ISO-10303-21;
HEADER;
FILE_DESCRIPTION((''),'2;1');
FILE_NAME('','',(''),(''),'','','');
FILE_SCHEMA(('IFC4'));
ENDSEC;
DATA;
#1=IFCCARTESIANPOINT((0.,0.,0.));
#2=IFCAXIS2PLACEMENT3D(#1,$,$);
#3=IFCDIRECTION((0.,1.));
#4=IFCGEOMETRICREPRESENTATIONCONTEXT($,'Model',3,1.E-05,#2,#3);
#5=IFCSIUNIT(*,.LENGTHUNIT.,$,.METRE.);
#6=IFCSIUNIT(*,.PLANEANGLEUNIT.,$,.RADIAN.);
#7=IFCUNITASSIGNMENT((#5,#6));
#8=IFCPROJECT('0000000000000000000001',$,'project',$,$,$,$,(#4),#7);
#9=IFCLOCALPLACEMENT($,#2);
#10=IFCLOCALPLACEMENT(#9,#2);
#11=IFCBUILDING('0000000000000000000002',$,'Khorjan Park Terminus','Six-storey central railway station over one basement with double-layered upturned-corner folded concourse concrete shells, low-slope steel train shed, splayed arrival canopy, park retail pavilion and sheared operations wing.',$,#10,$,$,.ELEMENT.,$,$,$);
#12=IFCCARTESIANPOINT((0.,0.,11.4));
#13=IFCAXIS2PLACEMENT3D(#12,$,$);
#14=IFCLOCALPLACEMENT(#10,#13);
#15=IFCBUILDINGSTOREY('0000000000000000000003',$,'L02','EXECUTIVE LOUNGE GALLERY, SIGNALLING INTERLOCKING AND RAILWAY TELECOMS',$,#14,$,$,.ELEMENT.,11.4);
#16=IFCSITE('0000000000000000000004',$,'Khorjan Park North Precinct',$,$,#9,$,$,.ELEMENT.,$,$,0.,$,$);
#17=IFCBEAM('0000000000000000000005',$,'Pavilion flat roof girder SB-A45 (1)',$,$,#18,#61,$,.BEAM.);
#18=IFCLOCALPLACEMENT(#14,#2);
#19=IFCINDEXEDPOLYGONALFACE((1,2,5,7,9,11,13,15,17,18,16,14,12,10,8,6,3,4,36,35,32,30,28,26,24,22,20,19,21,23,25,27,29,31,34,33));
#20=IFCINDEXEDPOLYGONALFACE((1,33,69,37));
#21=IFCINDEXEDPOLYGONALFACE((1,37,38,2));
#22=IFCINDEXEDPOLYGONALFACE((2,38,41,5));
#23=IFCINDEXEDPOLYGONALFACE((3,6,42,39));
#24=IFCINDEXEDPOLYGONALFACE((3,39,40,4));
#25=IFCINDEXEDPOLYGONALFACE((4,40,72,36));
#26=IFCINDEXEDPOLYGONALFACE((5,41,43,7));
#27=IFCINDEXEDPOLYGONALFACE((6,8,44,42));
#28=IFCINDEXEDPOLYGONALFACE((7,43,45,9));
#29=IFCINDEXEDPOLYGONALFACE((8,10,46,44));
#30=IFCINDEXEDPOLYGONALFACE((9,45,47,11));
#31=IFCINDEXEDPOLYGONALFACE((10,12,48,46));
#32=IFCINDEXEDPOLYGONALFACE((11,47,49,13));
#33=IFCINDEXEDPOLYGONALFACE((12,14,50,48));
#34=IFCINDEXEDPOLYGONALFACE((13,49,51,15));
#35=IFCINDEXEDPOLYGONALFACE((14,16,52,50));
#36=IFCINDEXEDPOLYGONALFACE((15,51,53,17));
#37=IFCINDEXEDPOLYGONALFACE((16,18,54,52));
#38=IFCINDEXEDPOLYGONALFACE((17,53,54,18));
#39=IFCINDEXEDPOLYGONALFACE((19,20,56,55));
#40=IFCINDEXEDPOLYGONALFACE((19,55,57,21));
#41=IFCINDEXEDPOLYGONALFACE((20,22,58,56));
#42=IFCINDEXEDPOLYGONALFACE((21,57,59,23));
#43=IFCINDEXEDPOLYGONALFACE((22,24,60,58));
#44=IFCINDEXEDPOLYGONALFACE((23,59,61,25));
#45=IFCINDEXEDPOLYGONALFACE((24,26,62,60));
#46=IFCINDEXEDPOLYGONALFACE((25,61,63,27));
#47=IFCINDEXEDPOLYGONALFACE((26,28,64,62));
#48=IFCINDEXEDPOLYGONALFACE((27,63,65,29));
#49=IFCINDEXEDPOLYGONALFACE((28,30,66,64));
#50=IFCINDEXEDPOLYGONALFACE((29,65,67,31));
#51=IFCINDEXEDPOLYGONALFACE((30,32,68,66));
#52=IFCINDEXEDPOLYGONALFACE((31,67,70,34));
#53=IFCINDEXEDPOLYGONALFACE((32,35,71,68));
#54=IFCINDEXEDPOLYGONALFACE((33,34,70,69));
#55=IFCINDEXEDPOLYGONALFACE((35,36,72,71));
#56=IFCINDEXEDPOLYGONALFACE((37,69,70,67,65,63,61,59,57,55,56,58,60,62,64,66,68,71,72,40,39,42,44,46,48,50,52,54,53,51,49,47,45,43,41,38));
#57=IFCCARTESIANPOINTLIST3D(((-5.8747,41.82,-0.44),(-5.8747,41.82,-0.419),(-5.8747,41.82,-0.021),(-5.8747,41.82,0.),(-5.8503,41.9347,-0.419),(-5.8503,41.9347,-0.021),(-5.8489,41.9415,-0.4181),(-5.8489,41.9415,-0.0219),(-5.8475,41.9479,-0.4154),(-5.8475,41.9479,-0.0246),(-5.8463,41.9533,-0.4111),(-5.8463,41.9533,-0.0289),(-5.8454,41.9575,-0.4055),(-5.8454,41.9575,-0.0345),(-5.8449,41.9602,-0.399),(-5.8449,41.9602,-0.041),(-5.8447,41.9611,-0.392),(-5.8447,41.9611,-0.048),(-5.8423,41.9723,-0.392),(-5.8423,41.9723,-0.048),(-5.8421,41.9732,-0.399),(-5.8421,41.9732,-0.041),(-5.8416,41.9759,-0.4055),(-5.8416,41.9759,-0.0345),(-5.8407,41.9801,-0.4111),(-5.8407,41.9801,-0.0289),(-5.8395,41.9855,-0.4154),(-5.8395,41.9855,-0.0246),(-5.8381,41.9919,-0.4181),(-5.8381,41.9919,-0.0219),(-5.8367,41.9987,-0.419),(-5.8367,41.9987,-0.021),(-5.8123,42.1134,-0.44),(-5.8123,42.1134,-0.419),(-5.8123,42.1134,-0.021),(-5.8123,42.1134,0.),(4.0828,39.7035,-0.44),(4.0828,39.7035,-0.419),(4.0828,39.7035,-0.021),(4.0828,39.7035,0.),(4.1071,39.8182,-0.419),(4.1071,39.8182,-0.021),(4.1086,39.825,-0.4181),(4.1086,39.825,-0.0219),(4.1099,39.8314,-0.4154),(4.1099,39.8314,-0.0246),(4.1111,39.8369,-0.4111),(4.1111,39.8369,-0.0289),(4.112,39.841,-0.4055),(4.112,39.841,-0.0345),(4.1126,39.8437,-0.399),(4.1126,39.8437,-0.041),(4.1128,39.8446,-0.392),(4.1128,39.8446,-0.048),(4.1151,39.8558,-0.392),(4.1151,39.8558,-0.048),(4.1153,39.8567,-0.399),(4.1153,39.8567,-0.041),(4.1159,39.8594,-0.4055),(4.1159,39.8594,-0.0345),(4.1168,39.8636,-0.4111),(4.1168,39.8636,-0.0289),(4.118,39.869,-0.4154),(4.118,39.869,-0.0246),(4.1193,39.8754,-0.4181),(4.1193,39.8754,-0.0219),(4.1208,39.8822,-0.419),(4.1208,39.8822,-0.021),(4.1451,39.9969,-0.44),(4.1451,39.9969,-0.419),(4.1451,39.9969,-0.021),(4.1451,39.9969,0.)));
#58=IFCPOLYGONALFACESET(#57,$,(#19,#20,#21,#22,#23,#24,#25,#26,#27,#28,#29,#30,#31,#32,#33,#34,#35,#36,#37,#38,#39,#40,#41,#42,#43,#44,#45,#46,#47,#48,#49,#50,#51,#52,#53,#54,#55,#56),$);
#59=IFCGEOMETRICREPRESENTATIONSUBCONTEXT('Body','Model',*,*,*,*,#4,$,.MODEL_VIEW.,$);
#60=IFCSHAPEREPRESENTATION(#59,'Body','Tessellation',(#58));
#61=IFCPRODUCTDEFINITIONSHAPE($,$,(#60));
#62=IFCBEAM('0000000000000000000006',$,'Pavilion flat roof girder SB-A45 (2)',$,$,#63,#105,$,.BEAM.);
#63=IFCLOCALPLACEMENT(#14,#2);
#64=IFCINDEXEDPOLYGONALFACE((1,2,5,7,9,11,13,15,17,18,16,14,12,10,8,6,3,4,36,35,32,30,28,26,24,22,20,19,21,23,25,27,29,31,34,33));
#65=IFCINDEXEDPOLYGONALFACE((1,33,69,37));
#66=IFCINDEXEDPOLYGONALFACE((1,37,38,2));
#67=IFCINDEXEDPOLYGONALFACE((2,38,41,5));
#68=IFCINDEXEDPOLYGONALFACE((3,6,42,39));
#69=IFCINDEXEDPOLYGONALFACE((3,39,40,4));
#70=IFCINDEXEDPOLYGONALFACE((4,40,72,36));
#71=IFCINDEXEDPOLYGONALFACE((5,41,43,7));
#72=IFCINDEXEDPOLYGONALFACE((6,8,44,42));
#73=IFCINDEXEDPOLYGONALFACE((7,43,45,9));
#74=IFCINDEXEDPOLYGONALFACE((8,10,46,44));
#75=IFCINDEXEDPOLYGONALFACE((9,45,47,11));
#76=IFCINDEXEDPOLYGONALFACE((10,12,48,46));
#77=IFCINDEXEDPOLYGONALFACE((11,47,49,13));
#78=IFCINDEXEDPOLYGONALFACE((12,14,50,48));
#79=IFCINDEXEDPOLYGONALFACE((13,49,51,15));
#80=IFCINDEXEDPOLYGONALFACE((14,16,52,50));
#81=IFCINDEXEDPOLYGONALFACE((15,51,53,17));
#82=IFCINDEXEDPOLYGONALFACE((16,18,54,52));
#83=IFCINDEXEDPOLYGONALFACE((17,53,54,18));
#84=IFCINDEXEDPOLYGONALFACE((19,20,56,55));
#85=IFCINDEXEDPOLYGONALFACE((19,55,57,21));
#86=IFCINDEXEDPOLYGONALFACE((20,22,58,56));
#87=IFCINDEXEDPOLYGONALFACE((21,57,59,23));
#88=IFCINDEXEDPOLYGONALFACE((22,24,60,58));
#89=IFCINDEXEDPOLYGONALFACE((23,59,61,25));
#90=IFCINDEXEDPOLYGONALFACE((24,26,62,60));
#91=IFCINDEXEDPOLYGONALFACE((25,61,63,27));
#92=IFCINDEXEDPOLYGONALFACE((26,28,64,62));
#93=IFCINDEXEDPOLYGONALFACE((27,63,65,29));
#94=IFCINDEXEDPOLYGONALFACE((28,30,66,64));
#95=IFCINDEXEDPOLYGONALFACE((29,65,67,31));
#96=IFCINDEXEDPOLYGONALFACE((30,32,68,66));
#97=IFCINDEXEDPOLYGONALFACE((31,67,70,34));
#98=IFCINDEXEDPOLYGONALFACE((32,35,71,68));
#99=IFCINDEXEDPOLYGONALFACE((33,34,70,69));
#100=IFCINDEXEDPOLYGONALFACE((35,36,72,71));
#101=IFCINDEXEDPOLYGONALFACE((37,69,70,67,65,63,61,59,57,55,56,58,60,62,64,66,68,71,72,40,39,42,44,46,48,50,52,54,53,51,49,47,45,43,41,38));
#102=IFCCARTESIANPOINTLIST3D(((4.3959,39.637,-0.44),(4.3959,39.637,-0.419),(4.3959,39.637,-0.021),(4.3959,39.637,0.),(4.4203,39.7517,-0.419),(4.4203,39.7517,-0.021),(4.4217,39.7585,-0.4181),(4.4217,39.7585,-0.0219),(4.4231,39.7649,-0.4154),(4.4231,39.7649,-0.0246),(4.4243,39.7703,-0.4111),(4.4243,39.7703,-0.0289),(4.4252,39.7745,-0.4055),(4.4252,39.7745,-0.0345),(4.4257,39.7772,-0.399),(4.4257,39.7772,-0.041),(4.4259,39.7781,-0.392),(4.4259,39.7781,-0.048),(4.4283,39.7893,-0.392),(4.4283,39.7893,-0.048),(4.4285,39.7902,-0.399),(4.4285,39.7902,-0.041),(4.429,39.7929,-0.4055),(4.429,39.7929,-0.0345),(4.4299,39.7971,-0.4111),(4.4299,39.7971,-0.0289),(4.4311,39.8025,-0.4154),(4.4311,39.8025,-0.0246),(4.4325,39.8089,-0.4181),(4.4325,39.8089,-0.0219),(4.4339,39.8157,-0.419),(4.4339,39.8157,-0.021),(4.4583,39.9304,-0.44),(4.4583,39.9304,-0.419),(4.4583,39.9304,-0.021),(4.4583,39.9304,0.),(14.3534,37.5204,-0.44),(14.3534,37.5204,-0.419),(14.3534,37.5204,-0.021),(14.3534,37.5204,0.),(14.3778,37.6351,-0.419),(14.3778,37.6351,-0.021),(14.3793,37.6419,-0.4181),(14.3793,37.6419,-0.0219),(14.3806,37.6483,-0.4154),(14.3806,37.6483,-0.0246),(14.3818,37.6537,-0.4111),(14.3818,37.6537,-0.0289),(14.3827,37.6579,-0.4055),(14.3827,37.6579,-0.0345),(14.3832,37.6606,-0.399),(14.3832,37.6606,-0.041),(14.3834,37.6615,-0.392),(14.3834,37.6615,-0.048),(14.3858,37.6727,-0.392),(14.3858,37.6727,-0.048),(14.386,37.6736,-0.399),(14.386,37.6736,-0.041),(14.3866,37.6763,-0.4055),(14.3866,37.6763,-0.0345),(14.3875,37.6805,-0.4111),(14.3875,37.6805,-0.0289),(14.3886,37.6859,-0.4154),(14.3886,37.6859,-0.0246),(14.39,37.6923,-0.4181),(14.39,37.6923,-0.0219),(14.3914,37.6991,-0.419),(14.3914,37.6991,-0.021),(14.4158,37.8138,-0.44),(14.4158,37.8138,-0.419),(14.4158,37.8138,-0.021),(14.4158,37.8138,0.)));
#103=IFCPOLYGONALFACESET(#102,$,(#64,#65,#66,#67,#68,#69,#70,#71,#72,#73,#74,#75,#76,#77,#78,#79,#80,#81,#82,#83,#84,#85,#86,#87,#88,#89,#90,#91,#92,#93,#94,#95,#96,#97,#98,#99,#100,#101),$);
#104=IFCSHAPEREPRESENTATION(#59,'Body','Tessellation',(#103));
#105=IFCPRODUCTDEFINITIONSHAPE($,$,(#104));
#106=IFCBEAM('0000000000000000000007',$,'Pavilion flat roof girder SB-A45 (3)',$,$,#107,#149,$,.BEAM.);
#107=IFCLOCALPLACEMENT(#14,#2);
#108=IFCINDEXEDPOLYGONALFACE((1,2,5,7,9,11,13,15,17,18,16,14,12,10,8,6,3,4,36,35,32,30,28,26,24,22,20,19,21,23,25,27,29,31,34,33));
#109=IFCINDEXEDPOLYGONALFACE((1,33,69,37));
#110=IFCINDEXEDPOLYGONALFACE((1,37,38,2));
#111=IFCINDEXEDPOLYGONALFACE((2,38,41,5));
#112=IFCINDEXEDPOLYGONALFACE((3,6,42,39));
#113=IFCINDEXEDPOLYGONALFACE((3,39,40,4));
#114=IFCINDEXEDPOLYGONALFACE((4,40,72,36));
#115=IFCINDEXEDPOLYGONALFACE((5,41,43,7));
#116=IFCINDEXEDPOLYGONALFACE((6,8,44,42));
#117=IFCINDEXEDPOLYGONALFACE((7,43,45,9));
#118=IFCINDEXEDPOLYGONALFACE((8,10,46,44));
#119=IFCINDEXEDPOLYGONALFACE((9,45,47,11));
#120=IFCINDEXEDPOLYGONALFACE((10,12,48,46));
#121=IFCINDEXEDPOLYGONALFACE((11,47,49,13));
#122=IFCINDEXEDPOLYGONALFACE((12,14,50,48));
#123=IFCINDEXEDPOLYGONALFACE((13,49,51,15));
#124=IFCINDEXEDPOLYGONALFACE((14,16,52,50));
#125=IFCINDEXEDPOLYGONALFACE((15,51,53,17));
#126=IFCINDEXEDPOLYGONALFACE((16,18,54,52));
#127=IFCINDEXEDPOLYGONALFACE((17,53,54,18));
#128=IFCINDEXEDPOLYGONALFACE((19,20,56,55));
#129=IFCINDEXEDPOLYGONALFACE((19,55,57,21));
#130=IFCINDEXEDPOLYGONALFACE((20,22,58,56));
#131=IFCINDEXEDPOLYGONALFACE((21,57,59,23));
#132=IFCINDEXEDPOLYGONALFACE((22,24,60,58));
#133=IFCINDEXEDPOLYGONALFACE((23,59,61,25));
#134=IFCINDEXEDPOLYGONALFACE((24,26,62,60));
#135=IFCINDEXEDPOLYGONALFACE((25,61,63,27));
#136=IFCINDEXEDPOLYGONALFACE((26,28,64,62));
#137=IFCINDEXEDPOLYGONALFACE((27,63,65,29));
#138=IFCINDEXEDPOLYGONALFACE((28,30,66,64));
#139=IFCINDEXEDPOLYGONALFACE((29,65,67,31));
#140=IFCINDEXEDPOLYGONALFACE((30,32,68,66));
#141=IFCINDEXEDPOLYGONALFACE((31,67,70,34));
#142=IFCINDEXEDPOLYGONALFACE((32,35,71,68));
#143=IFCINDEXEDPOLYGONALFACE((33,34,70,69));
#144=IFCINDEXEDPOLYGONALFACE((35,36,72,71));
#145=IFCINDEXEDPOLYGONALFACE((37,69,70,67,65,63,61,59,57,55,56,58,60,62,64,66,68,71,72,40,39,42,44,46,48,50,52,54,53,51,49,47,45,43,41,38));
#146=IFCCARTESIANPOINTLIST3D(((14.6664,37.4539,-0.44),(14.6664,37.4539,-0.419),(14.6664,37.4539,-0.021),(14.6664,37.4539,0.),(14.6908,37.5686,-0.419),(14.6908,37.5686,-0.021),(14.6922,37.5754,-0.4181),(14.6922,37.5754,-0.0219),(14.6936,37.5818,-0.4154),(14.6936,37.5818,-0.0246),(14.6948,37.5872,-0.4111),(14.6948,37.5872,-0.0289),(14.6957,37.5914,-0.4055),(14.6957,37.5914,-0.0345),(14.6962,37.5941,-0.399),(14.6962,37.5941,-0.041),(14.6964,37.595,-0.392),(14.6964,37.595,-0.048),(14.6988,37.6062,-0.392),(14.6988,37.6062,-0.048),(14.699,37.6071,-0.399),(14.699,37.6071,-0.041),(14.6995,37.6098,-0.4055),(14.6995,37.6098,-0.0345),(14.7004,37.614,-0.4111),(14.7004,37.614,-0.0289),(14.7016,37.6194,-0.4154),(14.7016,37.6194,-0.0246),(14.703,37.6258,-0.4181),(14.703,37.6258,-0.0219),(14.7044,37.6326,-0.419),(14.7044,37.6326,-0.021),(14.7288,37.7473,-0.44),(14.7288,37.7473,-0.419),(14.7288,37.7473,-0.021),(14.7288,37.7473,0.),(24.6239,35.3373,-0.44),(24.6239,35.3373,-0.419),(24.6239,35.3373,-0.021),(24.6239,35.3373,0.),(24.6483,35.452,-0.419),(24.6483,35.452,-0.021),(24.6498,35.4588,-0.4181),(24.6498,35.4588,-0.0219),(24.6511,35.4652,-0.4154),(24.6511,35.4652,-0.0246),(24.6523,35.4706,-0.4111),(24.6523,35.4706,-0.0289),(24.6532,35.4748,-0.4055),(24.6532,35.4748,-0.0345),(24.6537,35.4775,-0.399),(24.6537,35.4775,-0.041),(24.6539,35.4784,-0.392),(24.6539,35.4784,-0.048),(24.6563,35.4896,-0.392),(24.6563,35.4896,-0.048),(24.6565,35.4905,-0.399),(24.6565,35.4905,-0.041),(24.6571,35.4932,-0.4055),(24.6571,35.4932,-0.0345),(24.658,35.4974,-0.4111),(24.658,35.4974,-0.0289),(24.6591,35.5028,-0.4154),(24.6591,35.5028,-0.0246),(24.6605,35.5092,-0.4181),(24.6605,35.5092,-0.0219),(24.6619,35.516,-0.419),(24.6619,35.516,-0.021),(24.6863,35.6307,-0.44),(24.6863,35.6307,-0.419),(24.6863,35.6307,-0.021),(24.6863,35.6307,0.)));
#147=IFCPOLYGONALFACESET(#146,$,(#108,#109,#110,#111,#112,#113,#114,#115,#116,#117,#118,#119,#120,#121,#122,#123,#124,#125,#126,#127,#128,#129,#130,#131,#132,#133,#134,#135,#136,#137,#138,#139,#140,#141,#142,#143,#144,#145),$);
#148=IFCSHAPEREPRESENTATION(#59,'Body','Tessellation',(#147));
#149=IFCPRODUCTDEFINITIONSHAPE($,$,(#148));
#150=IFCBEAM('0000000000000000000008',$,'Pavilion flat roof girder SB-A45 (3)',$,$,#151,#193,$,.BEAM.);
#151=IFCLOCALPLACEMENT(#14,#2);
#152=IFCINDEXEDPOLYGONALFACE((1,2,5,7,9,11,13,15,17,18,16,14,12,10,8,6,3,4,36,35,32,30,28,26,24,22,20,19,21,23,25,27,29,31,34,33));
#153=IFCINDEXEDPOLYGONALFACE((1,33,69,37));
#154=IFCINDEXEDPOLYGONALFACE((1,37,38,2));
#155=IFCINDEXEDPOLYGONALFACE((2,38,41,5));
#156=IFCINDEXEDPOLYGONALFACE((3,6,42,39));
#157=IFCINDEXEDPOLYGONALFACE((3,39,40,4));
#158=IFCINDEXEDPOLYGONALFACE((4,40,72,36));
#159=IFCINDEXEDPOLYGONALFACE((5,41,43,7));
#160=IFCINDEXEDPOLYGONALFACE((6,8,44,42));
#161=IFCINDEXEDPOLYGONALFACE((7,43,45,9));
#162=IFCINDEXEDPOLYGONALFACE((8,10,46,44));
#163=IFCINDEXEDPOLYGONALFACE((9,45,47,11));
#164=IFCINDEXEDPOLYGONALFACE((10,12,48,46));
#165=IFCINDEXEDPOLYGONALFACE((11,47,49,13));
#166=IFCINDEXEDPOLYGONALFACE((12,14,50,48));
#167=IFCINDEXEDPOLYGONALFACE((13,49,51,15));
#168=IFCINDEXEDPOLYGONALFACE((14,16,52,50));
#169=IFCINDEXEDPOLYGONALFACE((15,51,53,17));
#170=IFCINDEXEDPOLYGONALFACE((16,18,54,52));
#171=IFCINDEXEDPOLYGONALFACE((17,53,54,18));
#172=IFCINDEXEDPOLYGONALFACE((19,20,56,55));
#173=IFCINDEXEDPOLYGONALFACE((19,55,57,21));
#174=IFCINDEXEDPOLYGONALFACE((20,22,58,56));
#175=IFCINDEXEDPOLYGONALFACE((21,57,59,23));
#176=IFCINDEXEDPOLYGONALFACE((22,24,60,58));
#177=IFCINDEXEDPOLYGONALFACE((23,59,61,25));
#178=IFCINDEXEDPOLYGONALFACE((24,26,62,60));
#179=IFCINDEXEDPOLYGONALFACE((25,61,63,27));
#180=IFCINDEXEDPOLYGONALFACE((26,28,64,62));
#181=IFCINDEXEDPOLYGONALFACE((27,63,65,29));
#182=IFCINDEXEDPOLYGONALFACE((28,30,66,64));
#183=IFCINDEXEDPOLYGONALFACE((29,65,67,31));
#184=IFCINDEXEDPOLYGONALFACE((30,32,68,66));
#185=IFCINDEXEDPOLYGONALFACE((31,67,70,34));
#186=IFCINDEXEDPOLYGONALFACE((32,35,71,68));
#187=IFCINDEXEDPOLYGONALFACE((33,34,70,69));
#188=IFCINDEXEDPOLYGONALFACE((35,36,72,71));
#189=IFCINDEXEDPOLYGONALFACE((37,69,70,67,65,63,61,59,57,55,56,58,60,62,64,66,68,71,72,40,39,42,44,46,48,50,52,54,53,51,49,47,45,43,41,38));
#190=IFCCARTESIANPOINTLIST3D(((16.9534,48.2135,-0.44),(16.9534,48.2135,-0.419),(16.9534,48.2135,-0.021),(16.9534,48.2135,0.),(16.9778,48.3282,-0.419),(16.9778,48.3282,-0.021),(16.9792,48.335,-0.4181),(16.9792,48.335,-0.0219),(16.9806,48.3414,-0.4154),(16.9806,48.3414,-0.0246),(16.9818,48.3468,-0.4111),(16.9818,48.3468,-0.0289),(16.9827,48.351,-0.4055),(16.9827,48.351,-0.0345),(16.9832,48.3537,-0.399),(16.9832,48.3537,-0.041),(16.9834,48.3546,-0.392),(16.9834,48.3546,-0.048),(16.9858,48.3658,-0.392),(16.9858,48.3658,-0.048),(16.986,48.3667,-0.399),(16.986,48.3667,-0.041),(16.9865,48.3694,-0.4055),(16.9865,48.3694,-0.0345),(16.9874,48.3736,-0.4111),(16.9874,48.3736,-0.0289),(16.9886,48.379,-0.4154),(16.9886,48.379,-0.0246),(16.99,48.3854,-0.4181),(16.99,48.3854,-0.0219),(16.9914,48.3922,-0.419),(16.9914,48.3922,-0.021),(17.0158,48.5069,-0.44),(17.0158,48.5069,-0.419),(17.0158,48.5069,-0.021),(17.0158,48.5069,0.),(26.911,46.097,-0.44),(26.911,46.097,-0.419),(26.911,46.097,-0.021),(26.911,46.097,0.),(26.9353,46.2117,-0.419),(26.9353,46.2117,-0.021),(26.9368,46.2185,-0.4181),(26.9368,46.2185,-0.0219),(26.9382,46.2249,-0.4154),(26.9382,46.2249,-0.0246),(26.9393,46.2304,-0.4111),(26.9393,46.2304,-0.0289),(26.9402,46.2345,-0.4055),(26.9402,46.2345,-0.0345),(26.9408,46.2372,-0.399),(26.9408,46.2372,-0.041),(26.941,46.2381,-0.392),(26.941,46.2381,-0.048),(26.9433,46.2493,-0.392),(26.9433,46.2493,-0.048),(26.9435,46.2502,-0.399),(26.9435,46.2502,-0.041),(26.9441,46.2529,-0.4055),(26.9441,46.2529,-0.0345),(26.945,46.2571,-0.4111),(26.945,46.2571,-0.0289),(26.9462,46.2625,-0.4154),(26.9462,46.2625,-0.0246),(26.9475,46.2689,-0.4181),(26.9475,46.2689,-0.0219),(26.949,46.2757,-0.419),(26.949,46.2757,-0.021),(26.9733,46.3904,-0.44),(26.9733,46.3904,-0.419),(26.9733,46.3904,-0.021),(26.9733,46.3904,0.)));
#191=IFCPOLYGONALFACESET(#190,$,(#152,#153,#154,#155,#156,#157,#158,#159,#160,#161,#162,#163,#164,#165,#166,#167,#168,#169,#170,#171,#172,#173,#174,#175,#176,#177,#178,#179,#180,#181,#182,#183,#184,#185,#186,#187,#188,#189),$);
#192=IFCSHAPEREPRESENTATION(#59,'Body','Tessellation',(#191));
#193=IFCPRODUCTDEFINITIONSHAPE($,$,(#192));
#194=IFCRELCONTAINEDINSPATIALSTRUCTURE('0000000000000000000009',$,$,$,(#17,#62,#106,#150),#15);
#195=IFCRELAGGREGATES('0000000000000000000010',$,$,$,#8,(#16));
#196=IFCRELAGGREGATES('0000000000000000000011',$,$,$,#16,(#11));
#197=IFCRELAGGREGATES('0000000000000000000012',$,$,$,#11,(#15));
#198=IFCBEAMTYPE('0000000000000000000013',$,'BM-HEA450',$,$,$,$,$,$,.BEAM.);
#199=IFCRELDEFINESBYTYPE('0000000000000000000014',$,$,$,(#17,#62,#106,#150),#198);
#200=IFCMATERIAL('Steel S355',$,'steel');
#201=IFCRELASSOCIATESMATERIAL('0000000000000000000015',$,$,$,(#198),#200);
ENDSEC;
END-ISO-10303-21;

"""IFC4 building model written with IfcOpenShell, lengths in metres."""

from ifc_helpers import new_model, si_unit, direction, frame, origin, origin_2d, place, context, subcontext, project, spatial, i_section, extrude, material, material_profile, profile_set, type_object, element, save


model = new_model("IFC4")

# Units and contexts
model_context = context("Model", 3, precision=1e-05, world=origin(), true_north=direction((0.0, 1.0)))
body_context = subcontext(model_context, "Body", "Model", "MODEL_VIEW")
ifc_project = project(units=[si_unit("LENGTHUNIT", "METRE"), si_unit("PLANEANGLEUNIT", "RADIAN")], contexts=[model_context])

# Site, building, storey
site_placement = place(None, origin())
site = spatial("IfcSite", under=ifc_project, at=site_placement, Name="Khorjan Park North Precinct", CompositionType="ELEMENT", RefElevation=0.0)
building_placement = place(site_placement, origin())
building = spatial("IfcBuilding", under=site, at=building_placement, Name="Khorjan Park Terminus", Description="Six-storey central railway station over one basement with double-layered upturned-corner folded concourse concrete shells, low-slope steel train shed, splayed arrival canopy, park retail pavilion and sheared operations wing.", CompositionType="ELEMENT")
storey_placement = place(building_placement, frame((0.0, 0.0, 11.4)))
storey = spatial("IfcBuildingStorey", under=building, at=storey_placement, Name="L02", Description="EXECUTIVE LOUNGE GALLERY, SIGNALLING INTERLOCKING AND RAILWAY TELECOMS", CompositionType="ELEMENT", Elevation=11.4)

# Beams
ifc_material_1 = material(Name="Steel S355", Category="steel")
ifc_material_profile_1 = material_profile(ifc_material_1, i_section(OverallWidth=0.3, OverallDepth=0.44, WebThickness=0.0115, FlangeThickness=0.021, FilletRadius=0.027, at=origin_2d()), Name="HEA 450")
ifc_profile_set_1 = profile_set([ifc_material_profile_1], Name="Steel S355")
beam_type_1 = type_object("IfcBeamType", Name="BM-HEA450", PredefinedType="BEAM", material=ifc_profile_set_1)
beam_1_placement = place(storey_placement, frame((-5.8435, 41.9667, -0.22), z_axis=(0.978148, -0.207909, 0.0), x_axis=(0.207909, 0.978148, 0.0)))
element("IfcBeam", 1, at=beam_1_placement, inside=storey, type_object=beam_type_1, Name="Pavilion flat roof girder SB-A45 (1)", PredefinedType="BEAM", context=body_context, shape_type="SweptSolid", body=[
    extrude(i_section(OverallWidth=0.3, OverallDepth=0.44, WebThickness=0.0115, FlangeThickness=0.021, FilletRadius=0.027, at=origin_2d()), origin(), (0.0, 0.0, 1.0), 10.1799),
])
for number, where, z_axis, x_axis, name in (
    (2, (4.4271, 39.7837, -0.22), (0.978146, -0.207918, 0.0), (0.207918, 0.978146, 0.0), "Pavilion flat roof girder SB-A45 (2)"),
    (3, (14.6976, 37.6006, -0.22), (0.978146, -0.207918, 0.0), (0.207918, 0.978146, 0.0), "Pavilion flat roof girder SB-A45 (3)"),
    (4, (16.9846, 48.3602, -0.22), (0.978149, -0.207907, 0.0), (0.207907, 0.978149, 0.0), "Pavilion flat roof girder SB-A45 (3)"),
):
    element("IfcBeam", number, at=place(storey_placement, frame(where, z_axis=z_axis, x_axis=x_axis)), inside=storey, type_object=beam_type_1, Name=name, PredefinedType="BEAM", context=body_context, shape_type="SweptSolid", body=[
        extrude(i_section(OverallWidth=0.3, OverallDepth=0.44, WebThickness=0.0115, FlangeThickness=0.021, FilletRadius=0.027, at=origin_2d()), origin(), (0.0, 0.0, 1.0), 10.18),
    ])

save(model, "model.ifc")
